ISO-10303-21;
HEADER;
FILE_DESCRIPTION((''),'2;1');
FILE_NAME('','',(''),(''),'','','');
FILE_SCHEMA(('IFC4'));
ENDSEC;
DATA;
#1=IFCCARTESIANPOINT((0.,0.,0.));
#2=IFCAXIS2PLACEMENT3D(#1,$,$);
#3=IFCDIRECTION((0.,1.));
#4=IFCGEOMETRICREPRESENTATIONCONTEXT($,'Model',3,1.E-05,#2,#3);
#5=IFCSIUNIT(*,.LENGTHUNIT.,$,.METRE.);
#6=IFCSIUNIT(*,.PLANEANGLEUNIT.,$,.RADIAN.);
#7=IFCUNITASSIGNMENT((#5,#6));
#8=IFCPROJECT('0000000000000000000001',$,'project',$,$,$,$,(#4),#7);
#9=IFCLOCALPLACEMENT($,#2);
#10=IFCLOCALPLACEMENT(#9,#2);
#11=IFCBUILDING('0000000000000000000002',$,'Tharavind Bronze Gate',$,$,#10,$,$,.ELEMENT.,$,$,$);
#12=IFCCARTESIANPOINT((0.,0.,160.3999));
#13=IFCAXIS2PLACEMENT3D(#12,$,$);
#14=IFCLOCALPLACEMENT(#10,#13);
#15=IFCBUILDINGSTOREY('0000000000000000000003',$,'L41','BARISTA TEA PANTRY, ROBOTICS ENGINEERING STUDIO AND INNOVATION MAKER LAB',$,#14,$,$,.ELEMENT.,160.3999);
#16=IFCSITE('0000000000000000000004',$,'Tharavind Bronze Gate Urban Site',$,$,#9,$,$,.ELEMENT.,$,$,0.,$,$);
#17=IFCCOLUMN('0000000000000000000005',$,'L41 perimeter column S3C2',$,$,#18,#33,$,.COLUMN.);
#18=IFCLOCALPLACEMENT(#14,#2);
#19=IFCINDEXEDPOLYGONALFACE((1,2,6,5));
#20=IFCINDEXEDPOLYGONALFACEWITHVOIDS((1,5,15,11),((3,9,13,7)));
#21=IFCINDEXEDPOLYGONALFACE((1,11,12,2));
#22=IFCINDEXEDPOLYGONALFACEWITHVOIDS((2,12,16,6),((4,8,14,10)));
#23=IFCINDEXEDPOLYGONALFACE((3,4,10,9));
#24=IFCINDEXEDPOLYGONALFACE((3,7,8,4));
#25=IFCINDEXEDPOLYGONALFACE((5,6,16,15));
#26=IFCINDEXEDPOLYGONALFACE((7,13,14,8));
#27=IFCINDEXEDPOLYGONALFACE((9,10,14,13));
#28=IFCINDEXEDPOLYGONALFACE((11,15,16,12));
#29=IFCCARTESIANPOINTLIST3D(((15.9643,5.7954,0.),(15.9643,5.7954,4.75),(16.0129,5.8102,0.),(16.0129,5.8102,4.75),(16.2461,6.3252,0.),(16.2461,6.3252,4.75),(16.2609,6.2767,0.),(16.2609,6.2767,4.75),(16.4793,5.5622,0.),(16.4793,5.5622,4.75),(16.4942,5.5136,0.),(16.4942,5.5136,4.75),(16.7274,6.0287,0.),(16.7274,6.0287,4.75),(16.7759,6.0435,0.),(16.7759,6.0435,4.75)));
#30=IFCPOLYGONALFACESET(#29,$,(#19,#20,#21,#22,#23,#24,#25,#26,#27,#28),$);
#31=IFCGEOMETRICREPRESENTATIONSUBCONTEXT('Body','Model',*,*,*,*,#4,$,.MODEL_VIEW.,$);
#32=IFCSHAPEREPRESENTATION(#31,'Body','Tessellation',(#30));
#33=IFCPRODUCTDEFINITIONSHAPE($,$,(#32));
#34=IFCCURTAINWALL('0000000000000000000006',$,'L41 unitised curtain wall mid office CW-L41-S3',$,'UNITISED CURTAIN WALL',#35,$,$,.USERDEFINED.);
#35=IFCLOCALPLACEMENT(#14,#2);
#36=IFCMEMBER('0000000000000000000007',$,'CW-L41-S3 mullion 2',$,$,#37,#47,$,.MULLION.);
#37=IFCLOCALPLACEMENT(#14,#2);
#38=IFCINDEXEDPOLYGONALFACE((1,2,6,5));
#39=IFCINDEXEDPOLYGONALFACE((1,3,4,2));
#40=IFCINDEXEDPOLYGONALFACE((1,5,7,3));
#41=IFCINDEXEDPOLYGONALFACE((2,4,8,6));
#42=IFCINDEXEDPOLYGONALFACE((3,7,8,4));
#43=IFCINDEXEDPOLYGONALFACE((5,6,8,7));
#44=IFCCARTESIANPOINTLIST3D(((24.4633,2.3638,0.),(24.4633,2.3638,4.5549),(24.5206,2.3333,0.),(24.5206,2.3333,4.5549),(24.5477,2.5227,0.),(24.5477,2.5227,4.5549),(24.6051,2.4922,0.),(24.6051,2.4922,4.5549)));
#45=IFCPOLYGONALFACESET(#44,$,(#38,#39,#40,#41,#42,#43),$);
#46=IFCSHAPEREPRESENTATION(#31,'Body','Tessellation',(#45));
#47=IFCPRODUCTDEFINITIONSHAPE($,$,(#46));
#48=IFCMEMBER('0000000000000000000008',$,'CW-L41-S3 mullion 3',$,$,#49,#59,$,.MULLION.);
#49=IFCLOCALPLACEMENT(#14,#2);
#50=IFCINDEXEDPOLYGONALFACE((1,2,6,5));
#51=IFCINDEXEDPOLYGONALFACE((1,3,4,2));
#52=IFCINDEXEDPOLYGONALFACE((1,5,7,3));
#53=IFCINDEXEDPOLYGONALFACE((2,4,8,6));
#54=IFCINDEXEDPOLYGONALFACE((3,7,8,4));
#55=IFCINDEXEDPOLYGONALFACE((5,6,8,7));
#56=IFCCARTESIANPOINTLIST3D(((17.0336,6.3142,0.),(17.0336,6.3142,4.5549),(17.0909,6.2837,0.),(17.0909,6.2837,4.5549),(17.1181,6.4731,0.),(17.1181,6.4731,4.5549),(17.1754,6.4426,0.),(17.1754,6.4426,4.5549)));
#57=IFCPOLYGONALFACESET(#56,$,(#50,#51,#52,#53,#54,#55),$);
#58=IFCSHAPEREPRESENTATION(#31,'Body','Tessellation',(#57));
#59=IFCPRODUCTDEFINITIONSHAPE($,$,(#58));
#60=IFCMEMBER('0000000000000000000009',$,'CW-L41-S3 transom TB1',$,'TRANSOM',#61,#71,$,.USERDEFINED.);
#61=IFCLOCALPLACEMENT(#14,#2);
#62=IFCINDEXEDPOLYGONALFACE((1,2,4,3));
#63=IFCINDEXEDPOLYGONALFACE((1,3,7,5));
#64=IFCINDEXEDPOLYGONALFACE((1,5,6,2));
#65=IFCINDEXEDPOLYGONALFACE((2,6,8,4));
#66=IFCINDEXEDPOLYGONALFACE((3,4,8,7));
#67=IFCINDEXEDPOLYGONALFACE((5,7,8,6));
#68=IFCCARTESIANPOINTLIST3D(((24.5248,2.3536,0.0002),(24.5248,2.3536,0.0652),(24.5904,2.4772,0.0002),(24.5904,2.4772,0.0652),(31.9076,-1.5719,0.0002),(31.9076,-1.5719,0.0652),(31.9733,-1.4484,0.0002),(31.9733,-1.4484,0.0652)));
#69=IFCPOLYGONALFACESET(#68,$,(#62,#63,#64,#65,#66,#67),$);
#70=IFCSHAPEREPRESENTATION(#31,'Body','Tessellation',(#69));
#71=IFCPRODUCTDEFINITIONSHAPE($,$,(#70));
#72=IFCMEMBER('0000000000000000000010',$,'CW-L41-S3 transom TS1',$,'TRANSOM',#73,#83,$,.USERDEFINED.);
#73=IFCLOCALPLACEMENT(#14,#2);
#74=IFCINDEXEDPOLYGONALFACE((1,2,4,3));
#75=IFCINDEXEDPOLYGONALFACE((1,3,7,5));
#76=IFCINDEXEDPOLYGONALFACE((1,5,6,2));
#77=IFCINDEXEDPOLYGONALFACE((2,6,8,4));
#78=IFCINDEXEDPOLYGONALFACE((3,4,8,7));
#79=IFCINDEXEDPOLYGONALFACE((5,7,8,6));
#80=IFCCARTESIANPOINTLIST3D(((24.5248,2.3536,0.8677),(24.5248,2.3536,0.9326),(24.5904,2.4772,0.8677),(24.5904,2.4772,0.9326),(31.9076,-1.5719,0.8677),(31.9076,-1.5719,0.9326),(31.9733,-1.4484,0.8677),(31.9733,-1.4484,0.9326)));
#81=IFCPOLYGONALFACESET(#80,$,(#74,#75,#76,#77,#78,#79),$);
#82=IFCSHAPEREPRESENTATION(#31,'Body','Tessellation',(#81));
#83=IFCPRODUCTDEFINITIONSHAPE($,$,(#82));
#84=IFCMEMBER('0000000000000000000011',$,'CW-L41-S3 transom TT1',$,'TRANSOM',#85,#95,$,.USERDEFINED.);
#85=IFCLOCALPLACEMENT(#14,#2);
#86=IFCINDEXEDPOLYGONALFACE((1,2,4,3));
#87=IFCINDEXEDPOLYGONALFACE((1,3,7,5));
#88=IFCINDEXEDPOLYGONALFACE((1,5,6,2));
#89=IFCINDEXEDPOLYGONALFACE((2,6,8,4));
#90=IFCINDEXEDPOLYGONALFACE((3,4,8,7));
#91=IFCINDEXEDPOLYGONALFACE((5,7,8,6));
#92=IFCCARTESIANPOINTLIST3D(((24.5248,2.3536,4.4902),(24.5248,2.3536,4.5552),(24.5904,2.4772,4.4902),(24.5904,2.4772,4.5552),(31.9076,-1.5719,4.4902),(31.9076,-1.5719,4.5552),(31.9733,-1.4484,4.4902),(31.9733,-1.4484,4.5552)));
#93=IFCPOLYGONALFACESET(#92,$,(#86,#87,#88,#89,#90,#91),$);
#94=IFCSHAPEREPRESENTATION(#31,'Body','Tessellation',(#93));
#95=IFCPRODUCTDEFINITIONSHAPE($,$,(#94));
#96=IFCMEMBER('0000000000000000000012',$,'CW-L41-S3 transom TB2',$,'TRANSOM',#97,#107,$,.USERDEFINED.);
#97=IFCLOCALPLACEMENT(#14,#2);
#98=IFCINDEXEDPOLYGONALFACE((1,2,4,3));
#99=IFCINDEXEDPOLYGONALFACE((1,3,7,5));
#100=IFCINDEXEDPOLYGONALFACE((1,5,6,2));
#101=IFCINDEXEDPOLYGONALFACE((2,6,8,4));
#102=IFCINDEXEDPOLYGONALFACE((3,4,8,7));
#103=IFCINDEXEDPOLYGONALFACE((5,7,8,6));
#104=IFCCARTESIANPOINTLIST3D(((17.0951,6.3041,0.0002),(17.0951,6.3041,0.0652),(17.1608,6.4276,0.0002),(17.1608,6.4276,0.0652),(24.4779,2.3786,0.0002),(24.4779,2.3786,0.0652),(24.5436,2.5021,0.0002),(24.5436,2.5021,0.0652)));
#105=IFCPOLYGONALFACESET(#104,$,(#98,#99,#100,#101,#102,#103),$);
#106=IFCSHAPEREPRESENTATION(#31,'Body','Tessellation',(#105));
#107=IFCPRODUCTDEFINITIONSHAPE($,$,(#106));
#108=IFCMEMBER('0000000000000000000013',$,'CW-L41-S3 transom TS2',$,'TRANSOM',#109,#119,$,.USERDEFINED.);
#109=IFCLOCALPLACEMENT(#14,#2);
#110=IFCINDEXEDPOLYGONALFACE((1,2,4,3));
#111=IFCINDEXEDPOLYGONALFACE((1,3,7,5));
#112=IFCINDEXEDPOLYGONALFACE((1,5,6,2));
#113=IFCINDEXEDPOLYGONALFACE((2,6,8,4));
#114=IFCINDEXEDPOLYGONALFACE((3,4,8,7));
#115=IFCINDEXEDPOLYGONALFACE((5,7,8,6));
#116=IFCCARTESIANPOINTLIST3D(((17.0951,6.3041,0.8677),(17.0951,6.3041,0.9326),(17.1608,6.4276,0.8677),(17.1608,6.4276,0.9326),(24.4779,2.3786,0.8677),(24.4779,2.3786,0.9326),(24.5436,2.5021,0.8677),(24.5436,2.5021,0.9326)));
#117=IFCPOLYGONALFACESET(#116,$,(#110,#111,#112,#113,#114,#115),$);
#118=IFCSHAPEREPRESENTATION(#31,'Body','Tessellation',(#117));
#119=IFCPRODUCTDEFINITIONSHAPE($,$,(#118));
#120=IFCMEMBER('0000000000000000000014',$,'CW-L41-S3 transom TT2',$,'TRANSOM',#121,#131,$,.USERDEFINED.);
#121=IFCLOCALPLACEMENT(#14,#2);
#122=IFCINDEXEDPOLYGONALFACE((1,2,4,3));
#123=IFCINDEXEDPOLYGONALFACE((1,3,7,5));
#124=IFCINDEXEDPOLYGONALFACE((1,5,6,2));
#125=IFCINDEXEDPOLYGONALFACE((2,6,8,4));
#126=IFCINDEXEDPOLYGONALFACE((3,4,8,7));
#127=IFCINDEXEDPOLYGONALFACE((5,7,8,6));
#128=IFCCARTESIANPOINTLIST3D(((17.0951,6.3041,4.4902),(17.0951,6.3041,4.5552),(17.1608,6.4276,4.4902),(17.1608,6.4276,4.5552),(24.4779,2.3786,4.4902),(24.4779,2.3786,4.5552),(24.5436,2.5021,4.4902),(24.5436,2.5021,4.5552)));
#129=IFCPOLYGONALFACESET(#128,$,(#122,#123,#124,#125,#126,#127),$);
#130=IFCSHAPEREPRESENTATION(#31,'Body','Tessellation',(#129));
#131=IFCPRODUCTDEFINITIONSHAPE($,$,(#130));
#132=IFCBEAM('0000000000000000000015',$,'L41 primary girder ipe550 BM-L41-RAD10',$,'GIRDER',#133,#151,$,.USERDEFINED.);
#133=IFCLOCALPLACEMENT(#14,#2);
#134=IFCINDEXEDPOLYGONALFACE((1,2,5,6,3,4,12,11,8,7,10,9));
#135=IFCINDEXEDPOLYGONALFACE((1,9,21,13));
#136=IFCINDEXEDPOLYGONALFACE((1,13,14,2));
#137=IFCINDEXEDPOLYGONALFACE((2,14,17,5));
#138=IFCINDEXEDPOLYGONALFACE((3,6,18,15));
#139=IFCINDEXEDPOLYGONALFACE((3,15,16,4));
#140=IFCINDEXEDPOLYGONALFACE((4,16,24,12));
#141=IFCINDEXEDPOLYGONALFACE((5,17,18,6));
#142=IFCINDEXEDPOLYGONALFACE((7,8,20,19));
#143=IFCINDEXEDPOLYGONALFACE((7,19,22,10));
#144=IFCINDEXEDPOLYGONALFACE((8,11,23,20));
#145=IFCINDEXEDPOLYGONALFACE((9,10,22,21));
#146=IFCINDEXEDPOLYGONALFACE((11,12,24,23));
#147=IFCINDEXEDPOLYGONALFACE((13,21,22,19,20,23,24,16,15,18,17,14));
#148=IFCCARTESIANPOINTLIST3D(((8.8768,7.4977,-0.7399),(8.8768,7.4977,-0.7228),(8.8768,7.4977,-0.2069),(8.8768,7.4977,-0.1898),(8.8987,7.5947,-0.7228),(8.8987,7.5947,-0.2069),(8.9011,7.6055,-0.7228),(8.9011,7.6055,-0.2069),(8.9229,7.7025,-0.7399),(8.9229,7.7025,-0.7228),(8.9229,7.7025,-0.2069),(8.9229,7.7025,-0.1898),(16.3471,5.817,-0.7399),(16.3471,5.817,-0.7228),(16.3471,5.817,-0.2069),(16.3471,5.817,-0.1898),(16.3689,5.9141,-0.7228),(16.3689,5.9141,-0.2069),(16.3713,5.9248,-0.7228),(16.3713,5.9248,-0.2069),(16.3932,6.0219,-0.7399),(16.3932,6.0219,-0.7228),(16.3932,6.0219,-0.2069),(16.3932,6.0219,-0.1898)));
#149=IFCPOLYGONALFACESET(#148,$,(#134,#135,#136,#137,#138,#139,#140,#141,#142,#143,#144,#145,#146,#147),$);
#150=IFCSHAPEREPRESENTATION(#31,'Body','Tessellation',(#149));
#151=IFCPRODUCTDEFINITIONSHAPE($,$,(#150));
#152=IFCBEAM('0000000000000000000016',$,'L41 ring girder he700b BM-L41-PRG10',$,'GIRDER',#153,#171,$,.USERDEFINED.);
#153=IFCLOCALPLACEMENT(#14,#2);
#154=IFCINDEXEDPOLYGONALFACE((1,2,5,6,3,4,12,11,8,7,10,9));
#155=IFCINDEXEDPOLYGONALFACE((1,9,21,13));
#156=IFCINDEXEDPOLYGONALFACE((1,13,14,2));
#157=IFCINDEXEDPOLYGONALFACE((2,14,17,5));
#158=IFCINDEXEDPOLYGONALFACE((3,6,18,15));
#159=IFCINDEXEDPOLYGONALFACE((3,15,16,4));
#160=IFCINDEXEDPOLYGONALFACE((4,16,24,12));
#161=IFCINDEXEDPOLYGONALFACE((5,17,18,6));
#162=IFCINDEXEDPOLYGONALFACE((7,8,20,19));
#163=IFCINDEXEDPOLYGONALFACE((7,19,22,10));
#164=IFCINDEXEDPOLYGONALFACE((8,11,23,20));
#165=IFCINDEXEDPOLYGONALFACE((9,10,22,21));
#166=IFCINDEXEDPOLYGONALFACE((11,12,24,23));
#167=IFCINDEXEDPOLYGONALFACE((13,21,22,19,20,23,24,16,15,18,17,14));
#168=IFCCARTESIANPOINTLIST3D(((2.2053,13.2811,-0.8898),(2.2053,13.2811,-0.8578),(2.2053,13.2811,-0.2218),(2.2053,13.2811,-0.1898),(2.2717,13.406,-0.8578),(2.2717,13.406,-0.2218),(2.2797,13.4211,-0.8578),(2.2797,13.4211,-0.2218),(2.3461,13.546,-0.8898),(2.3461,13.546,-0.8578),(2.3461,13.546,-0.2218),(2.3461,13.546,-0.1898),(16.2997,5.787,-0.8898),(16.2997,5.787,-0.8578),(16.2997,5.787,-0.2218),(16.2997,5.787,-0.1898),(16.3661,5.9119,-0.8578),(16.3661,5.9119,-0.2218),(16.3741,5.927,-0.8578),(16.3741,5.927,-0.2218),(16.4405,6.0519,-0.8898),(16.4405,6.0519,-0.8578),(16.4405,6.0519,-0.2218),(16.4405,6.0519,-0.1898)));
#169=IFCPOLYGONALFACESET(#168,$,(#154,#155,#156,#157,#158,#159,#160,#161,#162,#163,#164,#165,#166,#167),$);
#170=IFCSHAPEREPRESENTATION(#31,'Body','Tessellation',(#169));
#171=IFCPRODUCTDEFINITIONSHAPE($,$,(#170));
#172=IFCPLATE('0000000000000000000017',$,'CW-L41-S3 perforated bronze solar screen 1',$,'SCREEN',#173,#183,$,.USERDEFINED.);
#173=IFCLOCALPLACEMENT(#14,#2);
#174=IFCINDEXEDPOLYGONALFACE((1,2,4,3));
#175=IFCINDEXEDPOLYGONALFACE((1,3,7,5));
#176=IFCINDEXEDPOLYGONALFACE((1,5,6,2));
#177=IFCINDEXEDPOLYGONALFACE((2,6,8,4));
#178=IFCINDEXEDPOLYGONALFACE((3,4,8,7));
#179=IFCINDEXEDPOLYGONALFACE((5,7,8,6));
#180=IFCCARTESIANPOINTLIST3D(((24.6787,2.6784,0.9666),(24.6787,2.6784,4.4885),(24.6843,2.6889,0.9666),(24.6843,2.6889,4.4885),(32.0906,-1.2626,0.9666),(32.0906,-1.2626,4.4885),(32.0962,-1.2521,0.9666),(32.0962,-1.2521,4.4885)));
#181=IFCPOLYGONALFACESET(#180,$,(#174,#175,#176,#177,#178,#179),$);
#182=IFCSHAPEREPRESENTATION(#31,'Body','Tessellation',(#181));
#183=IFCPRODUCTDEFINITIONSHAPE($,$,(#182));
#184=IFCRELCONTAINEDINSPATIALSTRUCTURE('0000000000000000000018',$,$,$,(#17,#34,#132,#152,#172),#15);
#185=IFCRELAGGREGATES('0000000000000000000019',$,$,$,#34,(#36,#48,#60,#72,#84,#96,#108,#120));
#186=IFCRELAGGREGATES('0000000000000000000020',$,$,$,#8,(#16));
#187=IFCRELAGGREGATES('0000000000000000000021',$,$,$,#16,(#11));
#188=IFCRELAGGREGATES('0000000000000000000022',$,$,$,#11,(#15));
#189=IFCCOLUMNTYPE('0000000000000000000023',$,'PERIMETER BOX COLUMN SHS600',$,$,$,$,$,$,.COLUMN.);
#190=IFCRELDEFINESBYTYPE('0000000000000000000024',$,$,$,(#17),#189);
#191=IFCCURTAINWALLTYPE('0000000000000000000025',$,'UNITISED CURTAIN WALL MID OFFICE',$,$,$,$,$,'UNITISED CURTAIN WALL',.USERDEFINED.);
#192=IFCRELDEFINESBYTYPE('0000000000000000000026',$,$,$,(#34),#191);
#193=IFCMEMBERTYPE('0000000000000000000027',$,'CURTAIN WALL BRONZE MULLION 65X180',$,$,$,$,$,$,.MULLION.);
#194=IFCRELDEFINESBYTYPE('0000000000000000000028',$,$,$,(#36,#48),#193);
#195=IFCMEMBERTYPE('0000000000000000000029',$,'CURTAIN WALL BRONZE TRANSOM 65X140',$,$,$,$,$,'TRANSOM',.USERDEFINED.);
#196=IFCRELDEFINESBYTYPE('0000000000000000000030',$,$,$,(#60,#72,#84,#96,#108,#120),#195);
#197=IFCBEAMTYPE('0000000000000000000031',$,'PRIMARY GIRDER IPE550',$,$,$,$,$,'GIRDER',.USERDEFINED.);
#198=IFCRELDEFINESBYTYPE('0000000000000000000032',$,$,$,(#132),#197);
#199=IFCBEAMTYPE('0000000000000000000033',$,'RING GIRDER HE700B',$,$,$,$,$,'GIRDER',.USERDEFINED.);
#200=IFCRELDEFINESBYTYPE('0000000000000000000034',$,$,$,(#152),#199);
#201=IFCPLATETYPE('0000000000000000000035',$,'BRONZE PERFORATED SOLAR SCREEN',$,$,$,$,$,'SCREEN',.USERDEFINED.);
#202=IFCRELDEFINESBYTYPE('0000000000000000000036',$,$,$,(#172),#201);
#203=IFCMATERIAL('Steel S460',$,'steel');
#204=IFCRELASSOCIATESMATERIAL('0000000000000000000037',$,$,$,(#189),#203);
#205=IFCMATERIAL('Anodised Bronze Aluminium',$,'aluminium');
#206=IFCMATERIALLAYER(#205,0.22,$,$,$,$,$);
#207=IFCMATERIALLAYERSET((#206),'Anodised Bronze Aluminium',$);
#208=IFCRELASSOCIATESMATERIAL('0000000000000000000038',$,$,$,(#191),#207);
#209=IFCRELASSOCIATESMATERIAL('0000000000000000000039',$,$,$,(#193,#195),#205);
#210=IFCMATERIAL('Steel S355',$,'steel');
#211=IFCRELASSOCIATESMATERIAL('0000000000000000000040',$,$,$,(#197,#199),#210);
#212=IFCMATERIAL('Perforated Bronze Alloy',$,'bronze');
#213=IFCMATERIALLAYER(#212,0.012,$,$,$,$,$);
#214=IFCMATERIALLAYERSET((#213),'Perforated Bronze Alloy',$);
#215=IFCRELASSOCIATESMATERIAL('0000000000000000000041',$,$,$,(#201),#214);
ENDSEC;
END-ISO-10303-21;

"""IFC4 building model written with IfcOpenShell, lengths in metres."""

from ifc_helpers import new_model, si_unit, direction, frame, origin, origin_2d, place, context, subcontext, project, spatial, rectangle, hollow_rectangle, i_section, extrude, material, layer, layer_set, material_profile, profile_set, type_object, element, aggregate, save


model = new_model("IFC4")

# Units and contexts
model_context = context("Model", 3, precision=1e-05, world=origin(), true_north=direction((0.0, 1.0)))
body_context = subcontext(model_context, "Body", "Model", "MODEL_VIEW")
ifc_project = project(units=[si_unit("LENGTHUNIT", "METRE"), si_unit("PLANEANGLEUNIT", "RADIAN")], contexts=[model_context])

# Site, building, storey
site_placement = place(None, origin())
site = spatial("IfcSite", under=ifc_project, at=site_placement, Name="Tharavind Bronze Gate Urban Site", CompositionType="ELEMENT", RefElevation=0.0)
building_placement = place(site_placement, origin())
building = spatial("IfcBuilding", under=site, at=building_placement, Name="Tharavind Bronze Gate", CompositionType="ELEMENT")
storey_placement = place(building_placement, frame((0.0, 0.0, 160.3999)))
storey = spatial("IfcBuildingStorey", under=building, at=storey_placement, Name="L41", Description="BARISTA TEA PANTRY, ROBOTICS ENGINEERING STUDIO AND INNOVATION MAKER LAB", CompositionType="ELEMENT", Elevation=160.3999)

# Column
ifc_material_1 = material(Name="Steel S460", Category="steel")
ifc_material_profile_1 = material_profile(ifc_material_1, hollow_rectangle(XDim=0.6001, YDim=0.6001, WallThickness=0.0359, at=origin_2d()), Name="SHS600X36")
ifc_profile_set_1 = profile_set([ifc_material_profile_1], Name="Steel S460")
column_type = type_object("IfcColumnType", Name="PERIMETER BOX COLUMN SHS600", PredefinedType="COLUMN", material=ifc_profile_set_1)
column_placement = place(storey_placement, frame((16.3701, 5.9194, 0.0), z_axis=(0.0, 0.0, 1.0), x_axis=(-0.882948, 0.46947, 0.0)))
element("IfcColumn", 1, at=column_placement, inside=storey, type_object=column_type, Name="L41 perimeter column S3C2", PredefinedType="COLUMN", context=body_context, shape_type="SweptSolid", body=[
    extrude(hollow_rectangle(XDim=0.6001, YDim=0.6001, WallThickness=0.0359, at=origin_2d()), origin(), (0.0, 0.0, 1.0), 4.75),
])

# Curtain wall, members
ifc_material_2 = material(Name="Anodised Bronze Aluminium", Category="aluminium")
ifc_layer_1 = layer(ifc_material_2, 0.22)
ifc_layer_set_1 = layer_set([ifc_layer_1], Name="Anodised Bronze Aluminium")
curtain_wall_type = type_object("IfcCurtainWallType", Name="UNITISED CURTAIN WALL MID OFFICE", ElementType="UNITISED CURTAIN WALL", PredefinedType="USERDEFINED", material=ifc_layer_set_1)
curtain_wall_placement = place(storey_placement, origin())
curtain_wall = element("IfcCurtainWall", 2, at=curtain_wall_placement, inside=storey, type_object=curtain_wall_type, Name="L41 unitised curtain wall mid office CW-L41-S3", ObjectType="UNITISED CURTAIN WALL", PredefinedType="USERDEFINED")
member_type_1 = type_object("IfcMemberType", Name="CURTAIN WALL BRONZE MULLION 65X180", PredefinedType="MULLION", material=ifc_material_2)
member_1_placement = place(storey_placement, frame((24.5342, 2.428, 0.0), z_axis=(0.0, 0.0, 1.0), x_axis=(-0.882948, 0.469472, 0.0)))
member_1 = element("IfcMember", 3, at=member_1_placement, type_object=member_type_1, Name="CW-L41-S3 mullion 2", PredefinedType="MULLION", context=body_context, shape_type="SweptSolid", body=[
    extrude(rectangle(XDim=0.0649, YDim=0.1799, at=origin_2d()), origin(), (0.0, 0.0, 1.0), 4.5549),
])
member_2_placement = place(storey_placement, frame((17.1045, 6.3784, 0.0), z_axis=(0.0, 0.0, 1.0), x_axis=(-0.882948, 0.469472, 0.0)))
member_2 = element("IfcMember", 4, at=member_2_placement, type_object=member_type_1, Name="CW-L41-S3 mullion 3", PredefinedType="MULLION", context=body_context, shape_type="SweptSolid", body=[
    extrude(rectangle(XDim=0.0649, YDim=0.1799, at=origin_2d()), origin(), (0.0, 0.0, 1.0), 4.5549),
])
member_type_2 = type_object("IfcMemberType", Name="CURTAIN WALL BRONZE TRANSOM 65X140", ElementType="TRANSOM", PredefinedType="USERDEFINED", material=ifc_material_2)
member_3_placement = place(storey_placement, frame((28.249, 0.4526, 0.0002), z_axis=(0.0, 0.0, 1.0), x_axis=(-0.882948, 0.469472, 0.0)))
member_3 = element("IfcMember", 5, at=member_3_placement, type_object=member_type_2, Name="CW-L41-S3 transom TB1", ObjectType="TRANSOM", PredefinedType="USERDEFINED", context=body_context, shape_type="SweptSolid", body=[
    extrude(rectangle(XDim=8.3616, YDim=0.1399, at=origin_2d()), origin(), (0.0, 0.0, 1.0), 0.0649),
])
member_4_placement = place(storey_placement, frame((28.249, 0.4526, 0.8677), z_axis=(0.0, 0.0, 1.0), x_axis=(-0.882948, 0.469472, 0.0)))
member_4 = element("IfcMember", 6, at=member_4_placement, type_object=member_type_2, Name="CW-L41-S3 transom TS1", ObjectType="TRANSOM", PredefinedType="USERDEFINED", context=body_context, shape_type="SweptSolid", body=[
    extrude(rectangle(XDim=8.3616, YDim=0.1399, at=origin_2d()), origin(), (0.0, 0.0, 1.0), 0.0649),
])
member_5_placement = place(storey_placement, frame((28.249, 0.4526, 4.4902), z_axis=(0.0, 0.0, 1.0), x_axis=(-0.882948, 0.469472, 0.0)))
member_5 = element("IfcMember", 7, at=member_5_placement, type_object=member_type_2, Name="CW-L41-S3 transom TT1", ObjectType="TRANSOM", PredefinedType="USERDEFINED", context=body_context, shape_type="SweptSolid", body=[
    extrude(rectangle(XDim=8.3616, YDim=0.1399, at=origin_2d()), origin(), (0.0, 0.0, 1.0), 0.0649),
])
member_6_placement = place(storey_placement, frame((20.8193, 4.4031, 0.0002), z_axis=(0.0, 0.0, 1.0), x_axis=(-0.882948, 0.469472, 0.0)))
member_6 = element("IfcMember", 8, at=member_6_placement, type_object=member_type_2, Name="CW-L41-S3 transom TB2", ObjectType="TRANSOM", PredefinedType="USERDEFINED", context=body_context, shape_type="SweptSolid", body=[
    extrude(rectangle(XDim=8.3616, YDim=0.1399, at=origin_2d()), origin(), (0.0, 0.0, 1.0), 0.0649),
])
member_7_placement = place(storey_placement, frame((20.8193, 4.4031, 0.8677), z_axis=(0.0, 0.0, 1.0), x_axis=(-0.882948, 0.469472, 0.0)))
member_7 = element("IfcMember", 9, at=member_7_placement, type_object=member_type_2, Name="CW-L41-S3 transom TS2", ObjectType="TRANSOM", PredefinedType="USERDEFINED", context=body_context, shape_type="SweptSolid", body=[
    extrude(rectangle(XDim=8.3616, YDim=0.1399, at=origin_2d()), origin(), (0.0, 0.0, 1.0), 0.0649),
])
member_8_placement = place(storey_placement, frame((20.8193, 4.4031, 4.4902), z_axis=(0.0, 0.0, 1.0), x_axis=(-0.882948, 0.469472, 0.0)))
member_8 = element("IfcMember", 10, at=member_8_placement, type_object=member_type_2, Name="CW-L41-S3 transom TT2", ObjectType="TRANSOM", PredefinedType="USERDEFINED", context=body_context, shape_type="SweptSolid", body=[
    extrude(rectangle(XDim=8.3616, YDim=0.1399, at=origin_2d()), origin(), (0.0, 0.0, 1.0), 0.0649),
])

# Beams
ifc_material_3 = material(Name="Steel S355", Category="steel")
ifc_material_profile_2 = material_profile(ifc_material_3, i_section(OverallWidth=0.21, OverallDepth=0.55, WebThickness=0.011, FlangeThickness=0.0171, at=origin_2d()), Name="IPE550")
ifc_profile_set_2 = profile_set([ifc_material_profile_2], Name="Steel S355")
beam_type_1 = type_object("IfcBeamType", Name="PRIMARY GIRDER IPE550", ElementType="GIRDER", PredefinedType="USERDEFINED", material=ifc_profile_set_2)
beam_1_placement = place(storey_placement, frame((16.3701, 5.9194, -0.4648), z_axis=(-0.975614, 0.219496, 0.0), x_axis=(-0.219496, -0.975614, 0.0)))
element("IfcBeam", 11, at=beam_1_placement, inside=storey, type_object=beam_type_1, Name="L41 primary girder ipe550 BM-L41-RAD10", ObjectType="GIRDER", PredefinedType="USERDEFINED", context=body_context, shape_type="SweptSolid", body=[
    extrude(i_section(OverallWidth=0.21, OverallDepth=0.55, WebThickness=0.011, FlangeThickness=0.0171, at=origin_2d()), origin(), (0.0, 0.0, 1.0), 7.657),
])
ifc_material_profile_3 = material_profile(ifc_material_3, i_section(OverallWidth=0.3, OverallDepth=0.7, WebThickness=0.0171, FlangeThickness=0.032, at=origin_2d()), Name="HE700B")
ifc_profile_set_3 = profile_set([ifc_material_profile_3], Name="Steel S355")
beam_type_2 = type_object("IfcBeamType", Name="RING GIRDER HE700B", ElementType="GIRDER", PredefinedType="USERDEFINED", material=ifc_profile_set_3)
beam_2_placement = place(storey_placement, frame((16.3701, 5.9194, -0.5398), z_axis=(-0.882948, 0.46947, 0.0), x_axis=(-0.46947, -0.882948, 0.0)))
element("IfcBeam", 12, at=beam_2_placement, inside=storey, type_object=beam_type_2, Name="L41 ring girder he700b BM-L41-PRG10", ObjectType="GIRDER", PredefinedType="USERDEFINED", context=body_context, shape_type="SweptSolid", body=[
    extrude(i_section(OverallWidth=0.3, OverallDepth=0.7, WebThickness=0.0171, FlangeThickness=0.032, at=origin_2d()), origin(), (0.0, 0.0, 1.0), 15.9629),
])

# Plate
ifc_material_4 = material(Name="Perforated Bronze Alloy", Category="bronze")
ifc_layer_2 = layer(ifc_material_4, 0.012)
ifc_layer_set_2 = layer_set([ifc_layer_2], Name="Perforated Bronze Alloy")
plate_type_1 = type_object("IfcPlateType", Name="BRONZE PERFORATED SOLAR SCREEN", ElementType="SCREEN", PredefinedType="USERDEFINED", material=ifc_layer_set_2)
for number, where, z_axis, x_axis, name in (
    (13, (28.3875, 0.7131, 0.9666), (0.0, 0.0, 1.0), (-0.882948, 0.469472, 0.0), "CW-L41-S3 perforated bronze solar screen 1"),
):
    element("IfcPlate", number, at=place(storey_placement, frame(where, z_axis=z_axis, x_axis=x_axis)), inside=storey, type_object=plate_type_1, Name=name, ObjectType="SCREEN", PredefinedType="USERDEFINED", context=body_context, shape_type="SweptSolid", body=[
        extrude(rectangle(XDim=8.3945, YDim=0.012, at=origin_2d()), origin(), (0.0, 0.0, 1.0), 3.522),
    ])

aggregate(curtain_wall, [member_1, member_2, member_3, member_4, member_5, member_6, member_7, member_8])

save(model, "model.ifc")
